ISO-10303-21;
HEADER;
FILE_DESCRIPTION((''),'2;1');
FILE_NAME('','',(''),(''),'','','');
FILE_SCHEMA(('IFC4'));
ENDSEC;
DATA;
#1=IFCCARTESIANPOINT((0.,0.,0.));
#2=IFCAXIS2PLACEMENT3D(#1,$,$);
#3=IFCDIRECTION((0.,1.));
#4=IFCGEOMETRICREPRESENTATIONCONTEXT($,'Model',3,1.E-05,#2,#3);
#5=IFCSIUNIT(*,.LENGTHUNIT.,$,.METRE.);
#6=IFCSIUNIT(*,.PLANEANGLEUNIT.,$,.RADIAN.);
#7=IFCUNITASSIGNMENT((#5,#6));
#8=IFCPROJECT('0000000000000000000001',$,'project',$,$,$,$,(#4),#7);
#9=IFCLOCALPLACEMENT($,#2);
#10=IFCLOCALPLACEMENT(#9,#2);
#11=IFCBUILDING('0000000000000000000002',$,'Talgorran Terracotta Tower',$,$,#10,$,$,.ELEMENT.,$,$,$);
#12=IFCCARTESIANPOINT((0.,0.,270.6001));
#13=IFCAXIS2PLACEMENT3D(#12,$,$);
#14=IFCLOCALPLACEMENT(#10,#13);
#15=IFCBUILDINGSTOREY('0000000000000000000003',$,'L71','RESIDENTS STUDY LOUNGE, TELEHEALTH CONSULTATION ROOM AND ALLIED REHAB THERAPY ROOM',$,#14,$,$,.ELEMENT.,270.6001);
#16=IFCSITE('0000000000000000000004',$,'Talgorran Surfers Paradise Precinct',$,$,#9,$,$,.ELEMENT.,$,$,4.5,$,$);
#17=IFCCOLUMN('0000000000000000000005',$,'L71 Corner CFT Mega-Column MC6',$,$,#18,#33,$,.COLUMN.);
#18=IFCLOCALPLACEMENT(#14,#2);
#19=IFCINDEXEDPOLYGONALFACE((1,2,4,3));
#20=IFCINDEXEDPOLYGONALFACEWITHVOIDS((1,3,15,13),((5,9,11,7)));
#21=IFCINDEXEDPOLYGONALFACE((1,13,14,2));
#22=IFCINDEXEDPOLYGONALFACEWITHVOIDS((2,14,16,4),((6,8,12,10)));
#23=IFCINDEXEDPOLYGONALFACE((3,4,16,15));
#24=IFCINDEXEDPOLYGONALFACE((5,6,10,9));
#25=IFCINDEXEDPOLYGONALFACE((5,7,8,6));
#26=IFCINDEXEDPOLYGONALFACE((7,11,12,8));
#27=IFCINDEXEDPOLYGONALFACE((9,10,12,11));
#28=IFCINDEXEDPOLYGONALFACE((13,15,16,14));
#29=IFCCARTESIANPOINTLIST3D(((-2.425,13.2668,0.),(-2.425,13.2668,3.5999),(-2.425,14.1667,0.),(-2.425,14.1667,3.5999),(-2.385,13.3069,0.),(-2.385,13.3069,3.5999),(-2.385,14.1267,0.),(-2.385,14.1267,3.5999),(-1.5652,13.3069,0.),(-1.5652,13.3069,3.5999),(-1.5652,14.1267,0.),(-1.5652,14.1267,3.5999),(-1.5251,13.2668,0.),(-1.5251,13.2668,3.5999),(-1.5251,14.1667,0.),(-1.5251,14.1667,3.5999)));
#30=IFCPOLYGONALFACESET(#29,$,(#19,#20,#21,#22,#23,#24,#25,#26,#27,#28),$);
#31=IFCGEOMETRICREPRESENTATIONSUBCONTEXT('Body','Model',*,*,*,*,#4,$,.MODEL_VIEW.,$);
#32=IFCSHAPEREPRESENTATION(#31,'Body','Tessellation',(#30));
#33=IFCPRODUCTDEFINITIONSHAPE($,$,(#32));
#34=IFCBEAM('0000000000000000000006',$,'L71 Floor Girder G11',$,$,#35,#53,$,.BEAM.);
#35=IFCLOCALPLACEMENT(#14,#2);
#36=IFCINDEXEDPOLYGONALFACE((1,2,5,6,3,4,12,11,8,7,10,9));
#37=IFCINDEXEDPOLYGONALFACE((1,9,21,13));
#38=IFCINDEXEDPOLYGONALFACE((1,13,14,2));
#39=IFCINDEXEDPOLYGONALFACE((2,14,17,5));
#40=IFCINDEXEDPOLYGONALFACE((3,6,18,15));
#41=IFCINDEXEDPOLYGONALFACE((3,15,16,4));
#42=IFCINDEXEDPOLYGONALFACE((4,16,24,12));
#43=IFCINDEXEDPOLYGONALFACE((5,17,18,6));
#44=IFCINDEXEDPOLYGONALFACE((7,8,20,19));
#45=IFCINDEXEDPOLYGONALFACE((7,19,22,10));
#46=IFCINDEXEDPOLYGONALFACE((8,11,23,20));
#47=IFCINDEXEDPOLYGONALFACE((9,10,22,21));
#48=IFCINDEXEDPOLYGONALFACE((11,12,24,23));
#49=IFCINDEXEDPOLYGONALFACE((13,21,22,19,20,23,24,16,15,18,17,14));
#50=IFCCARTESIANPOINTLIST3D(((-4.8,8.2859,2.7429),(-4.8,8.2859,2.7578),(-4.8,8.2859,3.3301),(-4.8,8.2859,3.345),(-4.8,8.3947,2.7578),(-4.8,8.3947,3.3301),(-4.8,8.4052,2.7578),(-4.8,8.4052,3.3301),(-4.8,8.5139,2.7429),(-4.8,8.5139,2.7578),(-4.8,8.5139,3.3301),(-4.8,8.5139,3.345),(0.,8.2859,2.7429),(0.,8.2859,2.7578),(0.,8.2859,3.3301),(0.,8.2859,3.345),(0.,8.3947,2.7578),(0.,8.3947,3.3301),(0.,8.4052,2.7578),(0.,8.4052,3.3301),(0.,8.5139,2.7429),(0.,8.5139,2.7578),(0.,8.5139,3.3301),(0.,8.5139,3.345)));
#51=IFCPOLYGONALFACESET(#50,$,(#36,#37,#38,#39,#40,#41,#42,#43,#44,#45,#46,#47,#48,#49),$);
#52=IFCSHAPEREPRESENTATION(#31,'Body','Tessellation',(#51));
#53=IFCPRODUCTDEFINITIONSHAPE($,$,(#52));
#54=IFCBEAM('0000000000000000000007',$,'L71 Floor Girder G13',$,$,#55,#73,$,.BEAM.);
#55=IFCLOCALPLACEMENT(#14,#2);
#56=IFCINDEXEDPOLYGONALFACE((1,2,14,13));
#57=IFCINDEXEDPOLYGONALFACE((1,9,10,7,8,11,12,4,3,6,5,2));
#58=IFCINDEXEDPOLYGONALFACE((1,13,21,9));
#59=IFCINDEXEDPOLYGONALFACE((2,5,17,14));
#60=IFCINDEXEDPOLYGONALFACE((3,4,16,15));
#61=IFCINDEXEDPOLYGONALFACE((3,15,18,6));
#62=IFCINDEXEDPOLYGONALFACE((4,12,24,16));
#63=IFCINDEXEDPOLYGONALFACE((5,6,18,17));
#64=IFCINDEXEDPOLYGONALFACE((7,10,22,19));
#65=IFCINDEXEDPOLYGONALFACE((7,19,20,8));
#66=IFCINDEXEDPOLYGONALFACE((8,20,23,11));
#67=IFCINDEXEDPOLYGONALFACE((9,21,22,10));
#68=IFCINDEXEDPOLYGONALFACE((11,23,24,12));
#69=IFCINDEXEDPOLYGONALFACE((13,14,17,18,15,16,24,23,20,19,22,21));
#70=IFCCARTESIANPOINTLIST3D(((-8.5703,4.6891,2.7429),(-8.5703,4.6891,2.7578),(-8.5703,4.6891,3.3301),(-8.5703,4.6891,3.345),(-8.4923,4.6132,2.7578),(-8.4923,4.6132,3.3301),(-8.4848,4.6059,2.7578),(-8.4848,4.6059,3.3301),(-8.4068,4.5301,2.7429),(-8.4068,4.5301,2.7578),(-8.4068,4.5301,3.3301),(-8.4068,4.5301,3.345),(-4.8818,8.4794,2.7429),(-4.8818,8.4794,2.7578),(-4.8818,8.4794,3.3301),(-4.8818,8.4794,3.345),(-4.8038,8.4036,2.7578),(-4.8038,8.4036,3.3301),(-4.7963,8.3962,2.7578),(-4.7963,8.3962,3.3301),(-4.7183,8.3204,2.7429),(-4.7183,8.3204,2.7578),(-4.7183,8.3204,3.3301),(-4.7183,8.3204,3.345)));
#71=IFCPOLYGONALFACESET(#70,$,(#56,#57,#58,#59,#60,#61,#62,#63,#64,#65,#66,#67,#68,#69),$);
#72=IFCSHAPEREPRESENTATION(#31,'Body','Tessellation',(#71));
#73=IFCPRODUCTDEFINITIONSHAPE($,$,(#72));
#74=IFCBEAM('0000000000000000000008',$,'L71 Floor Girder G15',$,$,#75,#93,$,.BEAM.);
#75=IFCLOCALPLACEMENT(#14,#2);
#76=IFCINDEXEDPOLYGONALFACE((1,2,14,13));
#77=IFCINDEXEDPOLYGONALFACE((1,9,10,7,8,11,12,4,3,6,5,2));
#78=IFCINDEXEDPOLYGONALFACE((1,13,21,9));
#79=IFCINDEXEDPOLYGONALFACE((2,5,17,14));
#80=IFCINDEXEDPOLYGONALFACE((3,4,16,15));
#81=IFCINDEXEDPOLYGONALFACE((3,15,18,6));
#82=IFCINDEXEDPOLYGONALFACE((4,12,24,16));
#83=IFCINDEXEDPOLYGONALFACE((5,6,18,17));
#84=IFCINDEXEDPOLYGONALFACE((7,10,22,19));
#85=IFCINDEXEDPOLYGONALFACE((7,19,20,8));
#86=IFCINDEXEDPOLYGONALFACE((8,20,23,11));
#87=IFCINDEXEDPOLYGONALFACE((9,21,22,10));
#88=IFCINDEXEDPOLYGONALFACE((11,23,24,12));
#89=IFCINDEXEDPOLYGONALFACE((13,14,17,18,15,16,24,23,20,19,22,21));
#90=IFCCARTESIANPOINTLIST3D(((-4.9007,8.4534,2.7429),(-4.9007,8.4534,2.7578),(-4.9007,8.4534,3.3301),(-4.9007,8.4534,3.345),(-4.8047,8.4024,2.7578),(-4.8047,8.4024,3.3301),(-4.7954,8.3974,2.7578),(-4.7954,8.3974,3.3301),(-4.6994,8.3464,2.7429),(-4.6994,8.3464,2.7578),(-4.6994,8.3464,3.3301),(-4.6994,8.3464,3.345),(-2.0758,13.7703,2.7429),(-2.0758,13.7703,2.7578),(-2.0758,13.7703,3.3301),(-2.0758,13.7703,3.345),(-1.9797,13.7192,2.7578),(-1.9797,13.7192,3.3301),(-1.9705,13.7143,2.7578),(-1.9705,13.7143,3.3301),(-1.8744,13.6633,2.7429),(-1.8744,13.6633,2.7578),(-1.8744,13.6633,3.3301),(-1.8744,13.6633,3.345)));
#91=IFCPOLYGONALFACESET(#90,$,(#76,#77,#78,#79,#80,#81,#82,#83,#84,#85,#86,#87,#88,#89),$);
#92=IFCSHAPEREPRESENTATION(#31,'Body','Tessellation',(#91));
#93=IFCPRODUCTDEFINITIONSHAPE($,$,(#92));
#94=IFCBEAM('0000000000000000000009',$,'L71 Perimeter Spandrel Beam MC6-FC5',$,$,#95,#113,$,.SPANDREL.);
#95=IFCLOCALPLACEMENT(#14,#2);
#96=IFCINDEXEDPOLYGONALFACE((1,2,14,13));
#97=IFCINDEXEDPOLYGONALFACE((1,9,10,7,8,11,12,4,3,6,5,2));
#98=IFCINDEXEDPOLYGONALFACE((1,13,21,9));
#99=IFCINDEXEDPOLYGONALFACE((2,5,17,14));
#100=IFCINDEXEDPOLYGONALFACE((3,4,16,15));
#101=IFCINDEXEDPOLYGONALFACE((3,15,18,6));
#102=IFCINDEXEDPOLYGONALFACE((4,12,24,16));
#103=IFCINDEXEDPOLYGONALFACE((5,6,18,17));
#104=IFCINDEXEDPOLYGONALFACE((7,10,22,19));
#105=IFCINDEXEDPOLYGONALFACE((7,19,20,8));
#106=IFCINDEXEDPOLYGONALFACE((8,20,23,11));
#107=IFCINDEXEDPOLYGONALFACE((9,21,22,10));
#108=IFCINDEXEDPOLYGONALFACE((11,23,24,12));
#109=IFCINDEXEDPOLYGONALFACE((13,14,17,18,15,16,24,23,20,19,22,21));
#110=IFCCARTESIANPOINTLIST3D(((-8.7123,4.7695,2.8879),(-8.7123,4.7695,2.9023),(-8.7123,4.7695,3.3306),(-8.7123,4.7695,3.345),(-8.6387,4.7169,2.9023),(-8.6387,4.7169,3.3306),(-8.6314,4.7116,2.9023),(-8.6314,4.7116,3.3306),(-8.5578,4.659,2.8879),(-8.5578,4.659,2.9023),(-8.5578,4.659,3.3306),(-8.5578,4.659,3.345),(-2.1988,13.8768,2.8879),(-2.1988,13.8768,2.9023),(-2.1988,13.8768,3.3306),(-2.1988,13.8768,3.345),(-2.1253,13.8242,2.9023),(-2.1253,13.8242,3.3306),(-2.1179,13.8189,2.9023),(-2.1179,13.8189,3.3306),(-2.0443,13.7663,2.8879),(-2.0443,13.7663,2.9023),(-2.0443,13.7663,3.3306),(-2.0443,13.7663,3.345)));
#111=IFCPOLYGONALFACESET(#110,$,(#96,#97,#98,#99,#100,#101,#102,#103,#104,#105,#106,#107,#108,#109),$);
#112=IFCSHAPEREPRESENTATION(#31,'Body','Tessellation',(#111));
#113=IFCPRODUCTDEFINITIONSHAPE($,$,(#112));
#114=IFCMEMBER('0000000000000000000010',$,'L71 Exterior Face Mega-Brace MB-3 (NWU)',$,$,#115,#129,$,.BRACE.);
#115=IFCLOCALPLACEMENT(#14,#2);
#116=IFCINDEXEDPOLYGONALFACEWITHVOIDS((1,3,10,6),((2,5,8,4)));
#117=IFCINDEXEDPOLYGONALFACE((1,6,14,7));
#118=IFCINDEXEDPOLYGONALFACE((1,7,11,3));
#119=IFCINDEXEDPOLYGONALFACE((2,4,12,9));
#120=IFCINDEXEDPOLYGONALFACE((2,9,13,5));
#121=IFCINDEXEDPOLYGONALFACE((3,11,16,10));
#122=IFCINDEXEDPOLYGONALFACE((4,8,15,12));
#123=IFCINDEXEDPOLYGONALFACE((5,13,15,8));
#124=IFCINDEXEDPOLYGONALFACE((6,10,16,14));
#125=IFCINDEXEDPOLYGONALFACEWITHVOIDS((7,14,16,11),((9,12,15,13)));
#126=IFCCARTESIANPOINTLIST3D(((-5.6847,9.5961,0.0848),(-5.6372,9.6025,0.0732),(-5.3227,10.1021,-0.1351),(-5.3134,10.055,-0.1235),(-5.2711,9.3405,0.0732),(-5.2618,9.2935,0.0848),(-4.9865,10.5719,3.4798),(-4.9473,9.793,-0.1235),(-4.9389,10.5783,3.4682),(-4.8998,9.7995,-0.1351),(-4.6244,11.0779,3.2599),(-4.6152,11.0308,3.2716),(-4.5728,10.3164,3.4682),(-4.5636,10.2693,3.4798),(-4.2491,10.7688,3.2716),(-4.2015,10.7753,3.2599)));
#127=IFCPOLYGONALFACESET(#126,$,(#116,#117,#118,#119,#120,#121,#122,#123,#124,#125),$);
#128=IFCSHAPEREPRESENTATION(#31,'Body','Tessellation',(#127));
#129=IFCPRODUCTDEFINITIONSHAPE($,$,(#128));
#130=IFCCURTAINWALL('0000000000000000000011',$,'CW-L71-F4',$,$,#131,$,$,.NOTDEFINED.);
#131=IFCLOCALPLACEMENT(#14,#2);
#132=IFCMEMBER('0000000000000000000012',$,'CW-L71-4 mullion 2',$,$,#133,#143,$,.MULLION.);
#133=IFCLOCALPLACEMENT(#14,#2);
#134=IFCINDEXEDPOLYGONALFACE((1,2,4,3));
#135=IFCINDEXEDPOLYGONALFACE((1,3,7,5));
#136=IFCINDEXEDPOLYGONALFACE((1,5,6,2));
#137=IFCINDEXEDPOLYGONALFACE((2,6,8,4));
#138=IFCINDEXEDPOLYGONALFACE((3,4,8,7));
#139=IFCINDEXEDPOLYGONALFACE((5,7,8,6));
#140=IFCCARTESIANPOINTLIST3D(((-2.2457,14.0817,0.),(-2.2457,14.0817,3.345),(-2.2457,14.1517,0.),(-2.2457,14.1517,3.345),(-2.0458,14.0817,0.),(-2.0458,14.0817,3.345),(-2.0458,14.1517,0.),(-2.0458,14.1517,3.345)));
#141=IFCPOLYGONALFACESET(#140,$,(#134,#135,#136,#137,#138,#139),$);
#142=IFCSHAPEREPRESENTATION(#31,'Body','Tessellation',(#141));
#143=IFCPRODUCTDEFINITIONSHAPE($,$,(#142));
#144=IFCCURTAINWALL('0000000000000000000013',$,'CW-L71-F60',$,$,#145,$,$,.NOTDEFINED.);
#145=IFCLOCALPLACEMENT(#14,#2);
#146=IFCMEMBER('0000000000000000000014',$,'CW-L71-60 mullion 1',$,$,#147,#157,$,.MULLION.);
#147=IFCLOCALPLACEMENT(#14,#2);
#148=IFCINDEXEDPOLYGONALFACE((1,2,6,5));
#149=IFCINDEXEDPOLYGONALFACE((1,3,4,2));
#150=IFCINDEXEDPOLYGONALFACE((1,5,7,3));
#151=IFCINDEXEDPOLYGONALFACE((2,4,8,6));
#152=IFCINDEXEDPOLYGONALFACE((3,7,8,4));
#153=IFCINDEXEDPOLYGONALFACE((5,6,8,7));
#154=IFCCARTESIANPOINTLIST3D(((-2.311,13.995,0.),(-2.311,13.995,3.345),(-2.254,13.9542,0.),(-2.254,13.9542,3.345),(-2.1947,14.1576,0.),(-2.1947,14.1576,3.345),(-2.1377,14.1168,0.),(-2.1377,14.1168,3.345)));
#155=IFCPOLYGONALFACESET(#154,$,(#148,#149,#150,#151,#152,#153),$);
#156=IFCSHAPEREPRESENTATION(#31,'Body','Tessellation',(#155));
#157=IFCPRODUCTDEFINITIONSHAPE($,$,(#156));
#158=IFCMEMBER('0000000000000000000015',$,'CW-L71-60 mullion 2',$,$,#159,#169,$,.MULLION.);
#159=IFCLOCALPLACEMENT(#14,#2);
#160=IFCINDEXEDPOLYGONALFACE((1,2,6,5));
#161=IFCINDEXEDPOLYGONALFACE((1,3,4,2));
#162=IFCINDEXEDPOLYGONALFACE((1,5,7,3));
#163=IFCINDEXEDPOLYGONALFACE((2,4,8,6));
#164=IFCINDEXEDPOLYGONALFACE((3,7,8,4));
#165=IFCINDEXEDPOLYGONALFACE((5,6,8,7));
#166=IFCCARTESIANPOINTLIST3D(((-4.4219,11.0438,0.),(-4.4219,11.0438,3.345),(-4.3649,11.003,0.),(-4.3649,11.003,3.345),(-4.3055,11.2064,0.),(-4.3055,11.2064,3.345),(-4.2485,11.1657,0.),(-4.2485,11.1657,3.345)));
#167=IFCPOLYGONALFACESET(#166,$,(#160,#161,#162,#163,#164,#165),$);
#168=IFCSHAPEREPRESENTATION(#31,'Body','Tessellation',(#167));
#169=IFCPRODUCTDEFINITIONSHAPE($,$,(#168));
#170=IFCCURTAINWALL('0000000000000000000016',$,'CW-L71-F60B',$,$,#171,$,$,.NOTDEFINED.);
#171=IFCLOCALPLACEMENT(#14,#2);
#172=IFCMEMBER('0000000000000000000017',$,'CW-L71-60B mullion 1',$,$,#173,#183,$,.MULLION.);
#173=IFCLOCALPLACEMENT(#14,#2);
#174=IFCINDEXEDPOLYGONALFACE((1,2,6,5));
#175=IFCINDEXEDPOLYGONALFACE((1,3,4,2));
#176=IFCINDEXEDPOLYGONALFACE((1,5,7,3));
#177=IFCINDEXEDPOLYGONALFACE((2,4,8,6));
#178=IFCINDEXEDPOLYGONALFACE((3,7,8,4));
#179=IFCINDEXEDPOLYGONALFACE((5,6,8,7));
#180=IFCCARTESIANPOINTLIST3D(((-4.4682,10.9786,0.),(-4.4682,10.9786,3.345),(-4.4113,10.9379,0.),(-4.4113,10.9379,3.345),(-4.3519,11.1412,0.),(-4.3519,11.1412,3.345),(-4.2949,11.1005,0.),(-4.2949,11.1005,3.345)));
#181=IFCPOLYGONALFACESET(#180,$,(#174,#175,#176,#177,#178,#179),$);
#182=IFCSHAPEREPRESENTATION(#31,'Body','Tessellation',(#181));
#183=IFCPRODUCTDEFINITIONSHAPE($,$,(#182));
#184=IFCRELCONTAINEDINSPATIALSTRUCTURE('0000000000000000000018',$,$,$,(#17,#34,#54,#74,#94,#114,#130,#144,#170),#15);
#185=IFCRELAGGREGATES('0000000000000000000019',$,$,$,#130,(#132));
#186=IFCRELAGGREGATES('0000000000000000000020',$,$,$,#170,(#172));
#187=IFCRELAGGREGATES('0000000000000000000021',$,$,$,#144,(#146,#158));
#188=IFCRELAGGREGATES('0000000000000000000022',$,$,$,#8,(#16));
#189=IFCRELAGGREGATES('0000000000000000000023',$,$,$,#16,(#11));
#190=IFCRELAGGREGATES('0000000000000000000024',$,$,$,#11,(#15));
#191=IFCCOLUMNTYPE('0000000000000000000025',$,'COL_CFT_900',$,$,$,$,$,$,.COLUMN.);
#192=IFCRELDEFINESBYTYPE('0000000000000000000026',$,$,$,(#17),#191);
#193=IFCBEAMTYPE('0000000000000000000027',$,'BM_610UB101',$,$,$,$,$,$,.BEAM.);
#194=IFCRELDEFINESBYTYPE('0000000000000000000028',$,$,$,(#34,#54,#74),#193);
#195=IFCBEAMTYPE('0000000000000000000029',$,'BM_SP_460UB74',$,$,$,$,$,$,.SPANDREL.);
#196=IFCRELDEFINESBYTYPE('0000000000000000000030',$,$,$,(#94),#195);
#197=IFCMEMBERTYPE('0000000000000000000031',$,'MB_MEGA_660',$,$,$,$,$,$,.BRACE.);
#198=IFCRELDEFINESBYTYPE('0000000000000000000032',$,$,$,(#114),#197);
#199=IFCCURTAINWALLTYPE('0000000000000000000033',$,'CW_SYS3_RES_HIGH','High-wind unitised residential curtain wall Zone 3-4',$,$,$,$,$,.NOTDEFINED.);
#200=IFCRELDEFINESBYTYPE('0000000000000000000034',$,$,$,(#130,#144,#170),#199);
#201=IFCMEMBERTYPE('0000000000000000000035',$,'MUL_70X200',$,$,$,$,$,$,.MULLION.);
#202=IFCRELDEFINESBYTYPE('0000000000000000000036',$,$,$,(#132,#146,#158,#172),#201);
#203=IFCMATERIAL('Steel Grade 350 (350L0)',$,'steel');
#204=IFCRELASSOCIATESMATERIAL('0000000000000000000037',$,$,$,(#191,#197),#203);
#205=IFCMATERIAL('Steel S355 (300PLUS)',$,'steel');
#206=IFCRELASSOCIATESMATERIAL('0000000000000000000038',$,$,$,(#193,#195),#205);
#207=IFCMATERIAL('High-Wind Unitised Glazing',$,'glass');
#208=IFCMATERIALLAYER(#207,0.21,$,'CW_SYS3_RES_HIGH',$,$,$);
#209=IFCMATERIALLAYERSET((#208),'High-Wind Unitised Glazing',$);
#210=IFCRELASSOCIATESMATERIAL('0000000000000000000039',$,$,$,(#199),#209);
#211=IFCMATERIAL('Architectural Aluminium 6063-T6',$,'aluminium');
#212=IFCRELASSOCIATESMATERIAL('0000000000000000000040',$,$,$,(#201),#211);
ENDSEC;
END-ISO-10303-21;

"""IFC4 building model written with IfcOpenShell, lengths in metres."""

from ifc_helpers import new_model, si_unit, direction, frame, origin, origin_2d, place, context, subcontext, project, spatial, rectangle, hollow_rectangle, i_section, extrude, material, layer, layer_set, material_profile, profile_set, type_object, element, aggregate, save


model = new_model("IFC4")

# Units and contexts
model_context = context("Model", 3, precision=1e-05, world=origin(), true_north=direction((0.0, 1.0)))
body_context = subcontext(model_context, "Body", "Model", "MODEL_VIEW")
ifc_project = project(units=[si_unit("LENGTHUNIT", "METRE"), si_unit("PLANEANGLEUNIT", "RADIAN")], contexts=[model_context])

# Site, building, storey
site_placement = place(None, origin())
site = spatial("IfcSite", under=ifc_project, at=site_placement, Name="Talgorran Surfers Paradise Precinct", CompositionType="ELEMENT", RefElevation=4.5)
building_placement = place(site_placement, origin())
building = spatial("IfcBuilding", under=site, at=building_placement, Name="Talgorran Terracotta Tower", CompositionType="ELEMENT")
storey_placement = place(building_placement, frame((0.0, 0.0, 270.6001)))
storey = spatial("IfcBuildingStorey", under=building, at=storey_placement, Name="L71", Description="RESIDENTS STUDY LOUNGE, TELEHEALTH CONSULTATION ROOM AND ALLIED REHAB THERAPY ROOM", CompositionType="ELEMENT", Elevation=270.6001)

# Column
ifc_material_1 = material(Name="Steel Grade 350 (350L0)", Category="steel")
ifc_material_profile_1 = material_profile(ifc_material_1, hollow_rectangle(XDim=0.8999, YDim=0.8999, WallThickness=0.04, at=origin_2d()), Name="CFT900X900X40")
ifc_profile_set_1 = profile_set([ifc_material_profile_1], Name="Steel Grade 350 (350L0)")
column_type = type_object("IfcColumnType", Name="COL_CFT_900", PredefinedType="COLUMN", material=ifc_profile_set_1)
column_placement = place(storey_placement, frame((-1.9751, 13.7168, 0.0), z_axis=(0.0, 0.0, 1.0), x_axis=(1.0, 0.0, 0.0)))
element("IfcColumn", 1, at=column_placement, inside=storey, type_object=column_type, Name="L71 Corner CFT Mega-Column MC6", PredefinedType="COLUMN", context=body_context, shape_type="SweptSolid", body=[
    extrude(hollow_rectangle(XDim=0.8999, YDim=0.8999, WallThickness=0.04, at=origin_2d()), origin(), (0.0, 0.0, 1.0), 3.5999),
])

# Beams
ifc_material_2 = material(Name="Steel S355 (300PLUS)", Category="steel")
ifc_material_profile_2 = material_profile(ifc_material_2, i_section(OverallWidth=0.228, OverallDepth=0.6021, WebThickness=0.0105, FlangeThickness=0.0149, at=origin_2d()), Name="610UB101")
ifc_profile_set_2 = profile_set([ifc_material_profile_2], Name="Steel S355 (300PLUS)")
beam_type_1 = type_object("IfcBeamType", Name="BM_610UB101", PredefinedType="BEAM", material=ifc_profile_set_2)
beam_1_placement = place(storey_placement, frame((-4.8, 8.3999, 3.0439), z_axis=(1.0, 0.0, 0.0), x_axis=(0.0, 1.0, 0.0)))
element("IfcBeam", 2, at=beam_1_placement, inside=storey, type_object=beam_type_1, Name="L71 Floor Girder G11", PredefinedType="BEAM", context=body_context, shape_type="SweptSolid", body=[
    extrude(i_section(OverallWidth=0.228, OverallDepth=0.6021, WebThickness=0.0105, FlangeThickness=0.0149, at=origin_2d()), origin(), (0.0, 0.0, 1.0), 4.8),
])
beam_2_placement = place(storey_placement, frame((-4.8, 8.3999, 3.0439), z_axis=(-0.697416, -0.716666, 0.0), x_axis=(0.716666, -0.697416, 0.0)))
element("IfcBeam", 3, at=beam_2_placement, inside=storey, type_object=beam_type_1, Name="L71 Floor Girder G13", PredefinedType="BEAM", context=body_context, shape_type="SweptSolid", body=[
    extrude(i_section(OverallWidth=0.228, OverallDepth=0.6021, WebThickness=0.0105, FlangeThickness=0.0149, at=origin_2d()), origin(), (0.0, 0.0, 1.0), 5.2888),
])
beam_3_placement = place(storey_placement, frame((-4.8, 8.3999, 3.0439), z_axis=(0.469201, 0.883092, 0.0), x_axis=(-0.883092, 0.469201, 0.0)))
element("IfcBeam", 4, at=beam_3_placement, inside=storey, type_object=beam_type_1, Name="L71 Floor Girder G15", PredefinedType="BEAM", context=body_context, shape_type="SweptSolid", body=[
    extrude(i_section(OverallWidth=0.228, OverallDepth=0.6021, WebThickness=0.0105, FlangeThickness=0.0149, at=origin_2d()), origin(), (0.0, 0.0, 1.0), 6.0208),
])
ifc_material_profile_3 = material_profile(ifc_material_2, i_section(OverallWidth=0.1899, OverallDepth=0.457, WebThickness=0.009, FlangeThickness=0.0144, at=origin_2d()), Name="460UB74.6")
ifc_profile_set_3 = profile_set([ifc_material_profile_3], Name="Steel S355 (300PLUS)")
beam_type_2 = type_object("IfcBeamType", Name="BM_SP_460UB74", PredefinedType="SPANDREL", material=ifc_profile_set_3)
beam_4_placement = place(storey_placement, frame((-2.1216, 13.8215, 3.1165), z_axis=(-0.581729, -0.813383, 0.0), x_axis=(0.813383, -0.581729, 0.0)))
element("IfcBeam", 5, at=beam_4_placement, inside=storey, type_object=beam_type_2, Name="L71 Perimeter Spandrel Beam MC6-FC5", PredefinedType="SPANDREL", context=body_context, shape_type="SweptSolid", body=[
    extrude(i_section(OverallWidth=0.1899, OverallDepth=0.457, WebThickness=0.009, FlangeThickness=0.0144, at=origin_2d()), origin(), (0.0, 0.0, 1.0), 11.1968),
])

# Member
ifc_material_profile_4 = material_profile(ifc_material_1, hollow_rectangle(XDim=0.52, YDim=0.6599, WallThickness=0.0349, at=origin_2d()), Name="WBOX660X520X35")
ifc_profile_set_4 = profile_set([ifc_material_profile_4], Name="Steel Grade 350 (350L0)")
member_type_1 = type_object("IfcMemberType", Name="MB_MEGA_660", PredefinedType="BRACE", material=ifc_profile_set_4)
member_1_placement = place(storey_placement, frame((-5.2922, 9.6978, -0.0251), z_axis=(0.193912, 0.271002, 0.942845), x_axis=(-0.813252, 0.581912, 0.0)))
element("IfcMember", 6, at=member_1_placement, inside=storey, type_object=member_type_1, Name="L71 Exterior Face Mega-Brace MB-3 (NWU)", PredefinedType="BRACE", context=body_context, shape_type="SweptSolid", body=[
    extrude(hollow_rectangle(XDim=0.52, YDim=0.6599, WallThickness=0.0349, at=origin_2d()), origin(), (0.0, 0.0, 1.0), 3.6008),
])

# Curtain wall, member
ifc_material_3 = material(Name="High-Wind Unitised Glazing", Category="glass")
ifc_layer_1 = layer(ifc_material_3, 0.21, Name="CW_SYS3_RES_HIGH")
ifc_layer_set_1 = layer_set([ifc_layer_1], Name="High-Wind Unitised Glazing")
curtain_wall_type = type_object("IfcCurtainWallType", Name="CW_SYS3_RES_HIGH", Description="High-wind unitised residential curtain wall Zone 3-4", PredefinedType="NOTDEFINED", material=ifc_layer_set_1)
curtain_wall_1_placement = place(storey_placement, origin())
curtain_wall_1 = element("IfcCurtainWall", 7, at=curtain_wall_1_placement, inside=storey, type_object=curtain_wall_type, Name="CW-L71-F4", PredefinedType="NOTDEFINED")
ifc_material_4 = material(Name="Architectural Aluminium 6063-T6", Category="aluminium")
ifc_material_profile_5 = material_profile(ifc_material_4, rectangle(XDim=0.0701, YDim=0.2, at=origin_2d()), Name="CWM70X200")
ifc_profile_set_5 = profile_set([ifc_material_profile_5], Name="Architectural Aluminium 6063-T6")
member_type_2 = type_object("IfcMemberType", Name="MUL_70X200", PredefinedType="MULLION", material=ifc_profile_set_5)
member_2_placement = place(storey_placement, frame((-2.1458, 14.1167, 0.0), z_axis=(0.0, 0.0, 1.0), x_axis=(0.0, -1.0, 0.0)))
member_2 = element("IfcMember", 8, at=member_2_placement, type_object=member_type_2, Name="CW-L71-4 mullion 2", PredefinedType="MULLION", context=body_context, shape_type="SweptSolid", body=[
    extrude(rectangle(XDim=0.0701, YDim=0.2, at=origin_2d()), origin(), (0.0, 0.0, 1.0), 3.345),
])
aggregate(curtain_wall_1, [member_2])

# Curtain wall, members
curtain_wall_2_placement = place(storey_placement, origin())
curtain_wall_2 = element("IfcCurtainWall", 9, at=curtain_wall_2_placement, inside=storey, type_object=curtain_wall_type, Name="CW-L71-F60", PredefinedType="NOTDEFINED")
member_3_placement = place(storey_placement, frame((-2.2244, 14.0559, 0.0), z_axis=(0.0, 0.0, 1.0), x_axis=(0.813381, -0.581732, 0.0)))
member_3 = element("IfcMember", 10, at=member_3_placement, type_object=member_type_2, Name="CW-L71-60 mullion 1", PredefinedType="MULLION", context=body_context, shape_type="SweptSolid", body=[
    extrude(rectangle(XDim=0.0701, YDim=0.2, at=origin_2d()), origin(), (0.0, 0.0, 1.0), 3.345),
])
member_4_placement = place(storey_placement, frame((-4.3352, 11.1047, 0.0), z_axis=(0.0, 0.0, 1.0), x_axis=(0.813381, -0.581732, 0.0)))
member_4 = element("IfcMember", 11, at=member_4_placement, type_object=member_type_2, Name="CW-L71-60 mullion 2", PredefinedType="MULLION", context=body_context, shape_type="SweptSolid", body=[
    extrude(rectangle(XDim=0.0701, YDim=0.2, at=origin_2d()), origin(), (0.0, 0.0, 1.0), 3.345),
])

# Curtain wall, member
curtain_wall_3_placement = place(storey_placement, origin())
curtain_wall_3 = element("IfcCurtainWall", 12, at=curtain_wall_3_placement, inside=storey, type_object=curtain_wall_type, Name="CW-L71-F60B", PredefinedType="NOTDEFINED")
member_5_placement = place(storey_placement, frame((-4.3816, 11.0396, 0.0), z_axis=(0.0, 0.0, 1.0), x_axis=(0.81338, -0.581732, 0.0)))
member_5 = element("IfcMember", 13, at=member_5_placement, type_object=member_type_2, Name="CW-L71-60B mullion 1", PredefinedType="MULLION", context=body_context, shape_type="SweptSolid", body=[
    extrude(rectangle(XDim=0.0701, YDim=0.2, at=origin_2d()), origin(), (0.0, 0.0, 1.0), 3.345),
])

aggregate(curtain_wall_3, [member_5])
aggregate(curtain_wall_2, [member_3, member_4])

save(model, "model.ifc")
